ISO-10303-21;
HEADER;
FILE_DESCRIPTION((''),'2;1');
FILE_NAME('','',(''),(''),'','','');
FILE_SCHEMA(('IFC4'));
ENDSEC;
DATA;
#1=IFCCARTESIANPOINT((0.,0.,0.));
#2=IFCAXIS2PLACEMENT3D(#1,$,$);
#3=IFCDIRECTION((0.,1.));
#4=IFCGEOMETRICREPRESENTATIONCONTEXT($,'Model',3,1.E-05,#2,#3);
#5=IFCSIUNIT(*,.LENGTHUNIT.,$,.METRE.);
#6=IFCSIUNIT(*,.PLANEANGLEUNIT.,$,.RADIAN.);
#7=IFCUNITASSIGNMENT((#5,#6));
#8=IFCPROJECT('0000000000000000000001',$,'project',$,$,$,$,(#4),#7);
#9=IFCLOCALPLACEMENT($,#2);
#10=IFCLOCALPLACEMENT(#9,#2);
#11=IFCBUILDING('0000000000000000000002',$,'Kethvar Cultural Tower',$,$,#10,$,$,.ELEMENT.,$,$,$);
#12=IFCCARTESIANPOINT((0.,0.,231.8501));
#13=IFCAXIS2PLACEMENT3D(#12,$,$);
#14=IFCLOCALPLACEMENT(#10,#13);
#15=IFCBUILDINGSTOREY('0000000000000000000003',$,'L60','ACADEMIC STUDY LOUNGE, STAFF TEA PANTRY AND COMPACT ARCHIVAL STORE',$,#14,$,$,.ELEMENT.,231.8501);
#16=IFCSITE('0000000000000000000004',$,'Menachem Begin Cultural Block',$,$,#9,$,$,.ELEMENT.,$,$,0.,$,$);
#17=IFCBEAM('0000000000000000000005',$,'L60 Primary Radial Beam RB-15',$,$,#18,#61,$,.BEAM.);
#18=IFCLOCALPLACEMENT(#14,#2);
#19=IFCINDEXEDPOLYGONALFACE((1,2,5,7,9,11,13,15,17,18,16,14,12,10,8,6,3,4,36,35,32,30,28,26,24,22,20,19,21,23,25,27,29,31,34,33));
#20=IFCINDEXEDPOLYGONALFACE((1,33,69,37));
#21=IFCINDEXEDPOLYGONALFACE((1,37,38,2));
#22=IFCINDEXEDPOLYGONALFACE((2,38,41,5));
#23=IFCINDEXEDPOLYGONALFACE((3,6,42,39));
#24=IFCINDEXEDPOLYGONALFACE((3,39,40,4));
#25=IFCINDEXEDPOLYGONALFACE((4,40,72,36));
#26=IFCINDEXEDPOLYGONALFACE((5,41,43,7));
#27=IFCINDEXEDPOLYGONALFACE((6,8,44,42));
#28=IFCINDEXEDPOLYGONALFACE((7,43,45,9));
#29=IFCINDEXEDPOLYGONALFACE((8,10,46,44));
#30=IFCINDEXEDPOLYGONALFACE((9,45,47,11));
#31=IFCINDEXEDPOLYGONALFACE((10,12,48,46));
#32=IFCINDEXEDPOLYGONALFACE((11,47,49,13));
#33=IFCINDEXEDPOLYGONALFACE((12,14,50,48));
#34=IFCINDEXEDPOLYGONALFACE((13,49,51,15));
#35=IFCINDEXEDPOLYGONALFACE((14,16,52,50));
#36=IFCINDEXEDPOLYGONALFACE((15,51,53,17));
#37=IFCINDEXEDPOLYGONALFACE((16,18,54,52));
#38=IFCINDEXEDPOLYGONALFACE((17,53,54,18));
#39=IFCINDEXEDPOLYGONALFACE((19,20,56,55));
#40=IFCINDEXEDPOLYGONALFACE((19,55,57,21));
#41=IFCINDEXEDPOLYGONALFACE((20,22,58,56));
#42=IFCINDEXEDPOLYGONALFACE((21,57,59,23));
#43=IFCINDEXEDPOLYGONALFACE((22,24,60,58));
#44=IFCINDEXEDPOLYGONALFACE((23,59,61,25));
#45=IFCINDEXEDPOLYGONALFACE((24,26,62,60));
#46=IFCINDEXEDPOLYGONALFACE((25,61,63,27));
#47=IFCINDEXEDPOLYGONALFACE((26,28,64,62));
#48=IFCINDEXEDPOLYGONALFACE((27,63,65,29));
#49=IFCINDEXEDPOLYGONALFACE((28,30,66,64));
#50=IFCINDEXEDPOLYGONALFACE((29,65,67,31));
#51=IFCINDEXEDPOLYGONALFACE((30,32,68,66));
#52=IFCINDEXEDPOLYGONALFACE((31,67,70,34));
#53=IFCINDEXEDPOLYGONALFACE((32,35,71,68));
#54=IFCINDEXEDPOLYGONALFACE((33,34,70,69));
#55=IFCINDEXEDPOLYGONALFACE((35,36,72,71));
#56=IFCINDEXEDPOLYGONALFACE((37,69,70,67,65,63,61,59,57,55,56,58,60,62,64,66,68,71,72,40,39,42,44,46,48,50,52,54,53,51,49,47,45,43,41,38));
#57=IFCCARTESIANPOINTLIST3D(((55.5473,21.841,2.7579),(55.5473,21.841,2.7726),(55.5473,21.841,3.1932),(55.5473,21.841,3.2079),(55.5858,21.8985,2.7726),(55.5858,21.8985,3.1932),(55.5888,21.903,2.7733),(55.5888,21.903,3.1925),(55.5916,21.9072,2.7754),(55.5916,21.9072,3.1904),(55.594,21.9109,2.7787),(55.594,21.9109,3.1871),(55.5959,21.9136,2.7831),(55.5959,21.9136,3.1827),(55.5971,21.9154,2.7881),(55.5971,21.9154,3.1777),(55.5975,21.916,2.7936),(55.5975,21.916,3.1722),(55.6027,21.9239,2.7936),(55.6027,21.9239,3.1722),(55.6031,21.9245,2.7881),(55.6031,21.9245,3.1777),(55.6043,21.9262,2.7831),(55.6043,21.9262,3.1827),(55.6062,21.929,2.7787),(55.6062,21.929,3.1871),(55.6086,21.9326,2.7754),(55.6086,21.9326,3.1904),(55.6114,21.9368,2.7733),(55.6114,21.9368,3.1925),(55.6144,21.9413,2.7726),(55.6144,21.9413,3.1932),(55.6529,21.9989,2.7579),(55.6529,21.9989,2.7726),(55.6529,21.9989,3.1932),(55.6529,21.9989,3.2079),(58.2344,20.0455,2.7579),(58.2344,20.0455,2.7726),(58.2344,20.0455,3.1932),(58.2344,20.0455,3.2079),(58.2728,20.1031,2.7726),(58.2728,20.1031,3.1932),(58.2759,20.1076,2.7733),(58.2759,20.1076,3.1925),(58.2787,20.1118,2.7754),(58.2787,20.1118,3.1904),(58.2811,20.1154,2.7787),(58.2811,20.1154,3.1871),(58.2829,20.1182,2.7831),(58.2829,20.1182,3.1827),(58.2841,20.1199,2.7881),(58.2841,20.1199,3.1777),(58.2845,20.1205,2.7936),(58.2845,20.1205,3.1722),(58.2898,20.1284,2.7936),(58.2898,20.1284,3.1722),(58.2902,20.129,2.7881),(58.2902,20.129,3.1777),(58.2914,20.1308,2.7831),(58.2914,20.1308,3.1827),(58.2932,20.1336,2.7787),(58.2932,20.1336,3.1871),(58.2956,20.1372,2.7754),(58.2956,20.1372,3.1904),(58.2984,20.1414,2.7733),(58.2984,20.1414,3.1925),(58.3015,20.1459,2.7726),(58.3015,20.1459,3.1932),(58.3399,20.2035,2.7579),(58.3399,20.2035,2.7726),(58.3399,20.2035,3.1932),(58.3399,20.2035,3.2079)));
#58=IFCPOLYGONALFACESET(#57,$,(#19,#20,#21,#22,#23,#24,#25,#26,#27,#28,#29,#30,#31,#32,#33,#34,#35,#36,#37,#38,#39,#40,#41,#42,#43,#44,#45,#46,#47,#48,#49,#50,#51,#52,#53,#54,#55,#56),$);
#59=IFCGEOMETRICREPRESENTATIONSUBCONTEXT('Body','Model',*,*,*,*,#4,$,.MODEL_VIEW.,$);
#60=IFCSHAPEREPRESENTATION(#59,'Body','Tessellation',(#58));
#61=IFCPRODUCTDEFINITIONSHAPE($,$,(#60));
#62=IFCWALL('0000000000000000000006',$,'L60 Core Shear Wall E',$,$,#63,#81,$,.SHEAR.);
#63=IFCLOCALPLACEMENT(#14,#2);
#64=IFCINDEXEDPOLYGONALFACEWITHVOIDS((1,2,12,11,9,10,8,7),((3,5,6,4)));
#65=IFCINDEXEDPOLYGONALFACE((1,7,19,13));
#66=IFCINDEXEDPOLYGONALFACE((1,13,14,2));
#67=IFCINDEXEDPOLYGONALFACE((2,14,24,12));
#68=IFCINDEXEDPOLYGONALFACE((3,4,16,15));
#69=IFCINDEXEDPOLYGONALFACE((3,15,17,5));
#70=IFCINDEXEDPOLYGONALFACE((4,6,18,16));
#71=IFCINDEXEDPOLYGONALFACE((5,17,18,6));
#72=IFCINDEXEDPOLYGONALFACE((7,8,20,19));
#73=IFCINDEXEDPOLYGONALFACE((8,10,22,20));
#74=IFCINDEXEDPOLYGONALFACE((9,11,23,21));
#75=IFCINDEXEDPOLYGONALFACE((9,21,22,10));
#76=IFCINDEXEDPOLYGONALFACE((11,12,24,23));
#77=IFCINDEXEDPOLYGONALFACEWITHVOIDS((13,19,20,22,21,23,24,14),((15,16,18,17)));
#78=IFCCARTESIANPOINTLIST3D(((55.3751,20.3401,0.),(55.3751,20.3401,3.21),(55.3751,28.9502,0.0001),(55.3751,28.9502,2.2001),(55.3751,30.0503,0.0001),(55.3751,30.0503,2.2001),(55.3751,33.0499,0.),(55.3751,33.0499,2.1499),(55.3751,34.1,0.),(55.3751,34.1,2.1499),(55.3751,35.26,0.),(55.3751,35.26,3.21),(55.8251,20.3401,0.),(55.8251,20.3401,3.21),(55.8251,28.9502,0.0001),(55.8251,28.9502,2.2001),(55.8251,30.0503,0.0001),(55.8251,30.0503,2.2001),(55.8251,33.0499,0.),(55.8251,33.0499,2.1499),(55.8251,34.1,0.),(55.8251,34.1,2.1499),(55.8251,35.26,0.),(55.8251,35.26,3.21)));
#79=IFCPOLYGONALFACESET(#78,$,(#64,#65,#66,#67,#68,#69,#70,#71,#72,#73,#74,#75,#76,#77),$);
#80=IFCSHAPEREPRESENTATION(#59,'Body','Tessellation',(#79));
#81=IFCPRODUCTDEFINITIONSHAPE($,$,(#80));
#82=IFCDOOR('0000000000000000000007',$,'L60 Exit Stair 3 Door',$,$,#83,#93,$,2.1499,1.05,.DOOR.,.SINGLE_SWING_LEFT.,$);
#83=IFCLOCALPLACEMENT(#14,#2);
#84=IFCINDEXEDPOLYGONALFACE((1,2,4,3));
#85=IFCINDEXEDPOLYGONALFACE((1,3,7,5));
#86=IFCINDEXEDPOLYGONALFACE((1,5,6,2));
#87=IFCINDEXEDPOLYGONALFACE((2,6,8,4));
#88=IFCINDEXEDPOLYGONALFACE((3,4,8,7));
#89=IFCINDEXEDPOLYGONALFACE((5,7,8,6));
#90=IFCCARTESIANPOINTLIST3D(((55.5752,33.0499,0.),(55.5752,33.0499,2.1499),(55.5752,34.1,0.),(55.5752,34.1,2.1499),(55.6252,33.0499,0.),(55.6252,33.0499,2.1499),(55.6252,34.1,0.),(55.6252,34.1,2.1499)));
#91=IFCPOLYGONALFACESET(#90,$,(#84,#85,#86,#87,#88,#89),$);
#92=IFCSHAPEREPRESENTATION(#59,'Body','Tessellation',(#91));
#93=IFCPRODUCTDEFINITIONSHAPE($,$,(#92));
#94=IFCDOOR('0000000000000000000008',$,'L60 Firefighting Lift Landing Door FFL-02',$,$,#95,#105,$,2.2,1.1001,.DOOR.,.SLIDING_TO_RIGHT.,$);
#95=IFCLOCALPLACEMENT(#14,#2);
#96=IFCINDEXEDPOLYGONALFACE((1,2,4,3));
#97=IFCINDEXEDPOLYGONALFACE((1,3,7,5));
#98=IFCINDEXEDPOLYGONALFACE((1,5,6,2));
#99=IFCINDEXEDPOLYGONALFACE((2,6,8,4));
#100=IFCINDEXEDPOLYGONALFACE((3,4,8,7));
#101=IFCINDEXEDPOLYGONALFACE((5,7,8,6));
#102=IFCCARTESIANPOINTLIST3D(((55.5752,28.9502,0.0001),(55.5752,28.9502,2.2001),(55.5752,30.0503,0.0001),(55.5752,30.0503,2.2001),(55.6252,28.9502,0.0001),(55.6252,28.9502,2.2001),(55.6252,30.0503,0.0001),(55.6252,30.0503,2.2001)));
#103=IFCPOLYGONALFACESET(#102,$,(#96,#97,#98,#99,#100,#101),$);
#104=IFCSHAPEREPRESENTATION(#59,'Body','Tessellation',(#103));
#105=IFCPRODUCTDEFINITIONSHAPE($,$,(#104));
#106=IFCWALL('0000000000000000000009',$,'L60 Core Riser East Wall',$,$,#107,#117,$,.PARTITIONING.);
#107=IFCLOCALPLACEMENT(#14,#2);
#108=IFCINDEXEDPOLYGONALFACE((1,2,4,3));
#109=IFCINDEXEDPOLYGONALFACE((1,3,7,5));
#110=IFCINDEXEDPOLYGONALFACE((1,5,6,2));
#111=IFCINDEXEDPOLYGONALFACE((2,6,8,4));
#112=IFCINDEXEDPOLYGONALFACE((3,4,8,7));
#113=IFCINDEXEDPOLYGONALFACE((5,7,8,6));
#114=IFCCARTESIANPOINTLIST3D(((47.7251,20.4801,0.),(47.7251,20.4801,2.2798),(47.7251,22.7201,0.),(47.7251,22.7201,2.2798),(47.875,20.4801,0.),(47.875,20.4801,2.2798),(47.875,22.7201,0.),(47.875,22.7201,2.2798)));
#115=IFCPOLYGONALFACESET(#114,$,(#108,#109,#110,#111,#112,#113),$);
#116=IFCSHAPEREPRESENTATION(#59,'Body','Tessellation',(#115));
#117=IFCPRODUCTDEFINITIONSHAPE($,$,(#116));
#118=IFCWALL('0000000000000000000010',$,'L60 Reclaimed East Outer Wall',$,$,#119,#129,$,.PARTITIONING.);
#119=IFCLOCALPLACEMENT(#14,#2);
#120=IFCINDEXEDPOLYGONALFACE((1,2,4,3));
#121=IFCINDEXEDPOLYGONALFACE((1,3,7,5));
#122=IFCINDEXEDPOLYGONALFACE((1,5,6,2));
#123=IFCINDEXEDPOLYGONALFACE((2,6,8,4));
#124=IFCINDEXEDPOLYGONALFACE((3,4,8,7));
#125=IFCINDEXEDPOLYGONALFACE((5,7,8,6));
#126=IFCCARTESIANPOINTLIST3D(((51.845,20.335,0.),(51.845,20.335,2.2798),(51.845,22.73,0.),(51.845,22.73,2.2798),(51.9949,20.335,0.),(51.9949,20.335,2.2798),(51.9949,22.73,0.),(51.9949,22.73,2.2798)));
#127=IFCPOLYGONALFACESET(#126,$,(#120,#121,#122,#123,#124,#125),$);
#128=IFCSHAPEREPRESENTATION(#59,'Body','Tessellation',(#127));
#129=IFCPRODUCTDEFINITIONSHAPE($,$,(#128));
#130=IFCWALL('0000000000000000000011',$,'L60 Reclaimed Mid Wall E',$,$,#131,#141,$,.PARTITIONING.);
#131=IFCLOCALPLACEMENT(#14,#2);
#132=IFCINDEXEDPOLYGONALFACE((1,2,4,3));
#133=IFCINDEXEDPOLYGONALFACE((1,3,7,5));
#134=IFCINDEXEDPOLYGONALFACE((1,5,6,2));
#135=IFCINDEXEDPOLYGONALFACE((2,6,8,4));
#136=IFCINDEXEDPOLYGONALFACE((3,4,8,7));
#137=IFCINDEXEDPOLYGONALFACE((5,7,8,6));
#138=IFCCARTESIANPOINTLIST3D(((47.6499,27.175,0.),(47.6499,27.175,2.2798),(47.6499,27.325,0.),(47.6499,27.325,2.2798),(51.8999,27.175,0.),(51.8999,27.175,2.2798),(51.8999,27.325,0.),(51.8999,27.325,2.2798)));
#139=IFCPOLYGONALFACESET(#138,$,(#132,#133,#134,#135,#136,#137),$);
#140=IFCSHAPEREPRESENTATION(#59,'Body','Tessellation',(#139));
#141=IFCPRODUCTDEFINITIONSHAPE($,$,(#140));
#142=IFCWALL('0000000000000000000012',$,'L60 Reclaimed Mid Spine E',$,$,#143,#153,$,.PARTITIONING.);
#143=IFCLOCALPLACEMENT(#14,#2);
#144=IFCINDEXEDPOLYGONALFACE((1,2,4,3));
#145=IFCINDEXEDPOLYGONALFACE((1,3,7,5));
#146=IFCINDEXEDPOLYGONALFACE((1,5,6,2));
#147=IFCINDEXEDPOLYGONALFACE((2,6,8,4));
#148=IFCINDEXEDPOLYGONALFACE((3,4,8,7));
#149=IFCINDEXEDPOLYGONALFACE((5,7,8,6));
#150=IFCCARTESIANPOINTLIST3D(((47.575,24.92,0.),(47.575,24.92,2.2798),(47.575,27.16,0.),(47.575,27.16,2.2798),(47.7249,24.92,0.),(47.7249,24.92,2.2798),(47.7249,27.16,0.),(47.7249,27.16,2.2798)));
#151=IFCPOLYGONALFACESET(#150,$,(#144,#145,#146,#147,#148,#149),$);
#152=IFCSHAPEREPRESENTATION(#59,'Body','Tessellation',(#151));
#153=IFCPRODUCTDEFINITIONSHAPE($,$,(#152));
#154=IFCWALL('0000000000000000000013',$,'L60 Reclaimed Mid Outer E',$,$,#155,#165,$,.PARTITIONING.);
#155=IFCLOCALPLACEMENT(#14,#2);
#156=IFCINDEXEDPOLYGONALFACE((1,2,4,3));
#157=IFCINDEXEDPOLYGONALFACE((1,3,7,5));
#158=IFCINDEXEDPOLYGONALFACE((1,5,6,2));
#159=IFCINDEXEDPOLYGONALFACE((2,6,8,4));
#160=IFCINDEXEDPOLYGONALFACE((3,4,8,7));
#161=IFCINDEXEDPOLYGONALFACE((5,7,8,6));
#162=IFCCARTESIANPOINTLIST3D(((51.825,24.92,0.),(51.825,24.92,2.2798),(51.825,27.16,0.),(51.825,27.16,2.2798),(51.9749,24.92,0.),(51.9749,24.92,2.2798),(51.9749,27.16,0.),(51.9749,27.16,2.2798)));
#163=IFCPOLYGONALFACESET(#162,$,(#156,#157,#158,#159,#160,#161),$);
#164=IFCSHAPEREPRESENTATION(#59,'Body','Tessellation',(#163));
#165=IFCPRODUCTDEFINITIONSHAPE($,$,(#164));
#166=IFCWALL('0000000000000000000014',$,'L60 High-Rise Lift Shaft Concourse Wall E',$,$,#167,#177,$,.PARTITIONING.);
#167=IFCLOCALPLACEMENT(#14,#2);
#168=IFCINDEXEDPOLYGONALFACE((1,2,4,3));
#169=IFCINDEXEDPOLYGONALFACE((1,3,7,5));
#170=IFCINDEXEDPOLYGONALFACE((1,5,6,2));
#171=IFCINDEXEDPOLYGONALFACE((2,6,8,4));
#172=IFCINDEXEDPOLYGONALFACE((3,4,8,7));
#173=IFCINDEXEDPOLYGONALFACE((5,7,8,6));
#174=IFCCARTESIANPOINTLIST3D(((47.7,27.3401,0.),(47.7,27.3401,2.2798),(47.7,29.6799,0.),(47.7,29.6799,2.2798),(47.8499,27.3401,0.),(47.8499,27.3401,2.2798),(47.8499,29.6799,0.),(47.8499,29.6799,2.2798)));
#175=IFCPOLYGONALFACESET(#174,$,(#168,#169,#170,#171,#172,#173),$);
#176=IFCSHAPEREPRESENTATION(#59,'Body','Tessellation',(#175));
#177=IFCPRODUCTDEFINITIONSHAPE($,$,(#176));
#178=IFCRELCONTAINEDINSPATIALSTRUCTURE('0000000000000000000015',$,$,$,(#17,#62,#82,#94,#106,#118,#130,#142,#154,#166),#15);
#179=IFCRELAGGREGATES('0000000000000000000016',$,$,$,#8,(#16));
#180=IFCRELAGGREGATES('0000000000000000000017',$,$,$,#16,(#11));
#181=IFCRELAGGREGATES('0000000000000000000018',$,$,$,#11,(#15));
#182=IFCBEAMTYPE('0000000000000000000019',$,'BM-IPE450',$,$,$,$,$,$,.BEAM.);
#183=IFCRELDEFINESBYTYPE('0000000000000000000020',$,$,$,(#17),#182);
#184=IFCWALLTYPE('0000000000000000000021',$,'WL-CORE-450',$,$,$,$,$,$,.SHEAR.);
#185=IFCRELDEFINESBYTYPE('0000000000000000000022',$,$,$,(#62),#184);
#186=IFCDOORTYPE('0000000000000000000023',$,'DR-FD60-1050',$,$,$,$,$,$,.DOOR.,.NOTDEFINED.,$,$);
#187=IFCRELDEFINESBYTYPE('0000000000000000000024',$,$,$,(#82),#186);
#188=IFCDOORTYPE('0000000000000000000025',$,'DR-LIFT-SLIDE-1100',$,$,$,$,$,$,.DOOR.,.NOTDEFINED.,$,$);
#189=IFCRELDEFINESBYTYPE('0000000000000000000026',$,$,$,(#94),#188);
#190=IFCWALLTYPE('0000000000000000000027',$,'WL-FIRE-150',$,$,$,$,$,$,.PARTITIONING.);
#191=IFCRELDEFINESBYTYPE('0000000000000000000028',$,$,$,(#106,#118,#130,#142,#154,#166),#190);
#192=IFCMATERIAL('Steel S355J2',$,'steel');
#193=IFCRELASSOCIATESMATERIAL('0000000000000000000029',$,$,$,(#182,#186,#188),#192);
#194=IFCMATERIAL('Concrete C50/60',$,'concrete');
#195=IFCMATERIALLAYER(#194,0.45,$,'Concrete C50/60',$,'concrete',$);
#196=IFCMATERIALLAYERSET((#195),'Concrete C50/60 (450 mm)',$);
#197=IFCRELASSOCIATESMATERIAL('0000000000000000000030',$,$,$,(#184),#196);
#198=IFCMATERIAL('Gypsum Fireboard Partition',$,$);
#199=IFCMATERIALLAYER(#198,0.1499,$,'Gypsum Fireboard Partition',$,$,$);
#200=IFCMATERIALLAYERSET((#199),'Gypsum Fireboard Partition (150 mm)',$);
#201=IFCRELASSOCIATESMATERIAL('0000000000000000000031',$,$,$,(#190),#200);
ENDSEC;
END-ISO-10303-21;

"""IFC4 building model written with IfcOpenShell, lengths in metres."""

from ifc_helpers import new_model, si_unit, direction, frame, frame_2d, origin, origin_2d, place, context, subcontext, project, spatial, rectangle, i_section, extrude, source, transform, mapped, material, layer, layer_set, material_profile, profile_set, type_object, element, fill, save


model = new_model("IFC4")

# Units and contexts
model_context = context("Model", 3, precision=1e-05, world=origin(), true_north=direction((0.0, 1.0)))
body_context = subcontext(model_context, "Body", "Model", "MODEL_VIEW")
ifc_project = project(units=[si_unit("LENGTHUNIT", "METRE"), si_unit("PLANEANGLEUNIT", "RADIAN")], contexts=[model_context])

# Site, building, storey
site_placement = place(None, origin())
site = spatial("IfcSite", under=ifc_project, at=site_placement, Name="Menachem Begin Cultural Block", CompositionType="ELEMENT", RefElevation=0.0)
building_placement = place(site_placement, origin())
building = spatial("IfcBuilding", under=site, at=building_placement, Name="Kethvar Cultural Tower", CompositionType="ELEMENT")
storey_placement = place(building_placement, frame((0.0, 0.0, 231.8501)))
storey = spatial("IfcBuildingStorey", under=building, at=storey_placement, Name="L60", Description="ACADEMIC STUDY LOUNGE, STAFF TEA PANTRY AND COMPACT ARCHIVAL STORE", CompositionType="ELEMENT", Elevation=231.8501)

# Beam
ifc_material_1 = material(Name="Steel S355J2", Category="steel")
ifc_material_profile = material_profile(ifc_material_1, i_section(OverallWidth=0.1899, OverallDepth=0.45, WebThickness=0.0095, FlangeThickness=0.0146, FilletRadius=0.021, at=origin_2d()), Name="Steel S355J2 — IPE450")
ifc_profile_set = profile_set([ifc_material_profile], Name="Steel S355J2 — IPE450")
beam_type = type_object("IfcBeamType", Name="BM-IPE450", PredefinedType="BEAM", material=ifc_profile_set)
shared_shape_1 = source(origin(), body_context, "Body", "SweptSolid", [
    extrude(i_section(OverallWidth=0.1899, OverallDepth=0.45, WebThickness=0.0095, FlangeThickness=0.0146, FilletRadius=0.021, at=origin_2d()), origin(), (0.0, 0.0, 1.0), 3.2317),
])
beam_placement = place(storey_placement, frame((55.6001, 21.9199, 2.9829), z_axis=(0.831469, -0.555572, 0.0), x_axis=(0.555572, 0.831469, 0.0)))
element("IfcBeam", 1, at=beam_placement, inside=storey, type_object=beam_type, Name="L60 Primary Radial Beam RB-15", PredefinedType="BEAM", context=body_context, shape_type="MappedRepresentation", body=[
    mapped(shared_shape_1, transform((0.0, 0.0, 0.0), scale=1.0)),
])

# Wall, openings, doors
ifc_material_2 = material(Name="Concrete C50/60", Category="concrete")
ifc_layer_1 = layer(ifc_material_2, 0.45, Name="Concrete C50/60", Category="concrete")
ifc_layer_set_1 = layer_set([ifc_layer_1], Name="Concrete C50/60 (450 mm)")
wall_type_1 = type_object("IfcWallType", Name="WL-CORE-450", PredefinedType="SHEAR", material=ifc_layer_set_1)
wall_1_placement = place(storey_placement, frame((55.6001, 20.3401, 0.0), z_axis=(0.0, 0.0, 1.0), x_axis=(0.0, 1.0, 0.0)))
wall_1 = element("IfcWall", 2, at=wall_1_placement, inside=storey, type_object=wall_type_1, Name="L60 Core Shear Wall E", PredefinedType="SHEAR", context=body_context, shape_type="SweptSolid", body=[
    extrude(rectangle(XDim=14.9199, YDim=0.45, at=frame_2d((7.46, 0.0))), origin(), (0.0, 0.0, 1.0), 3.21),
])
opening_1_placement = place(wall_1_placement, frame((12.71, 0.0, 0.0)))
opening_1 = element("IfcOpeningElement", 3, at=opening_1_placement, cuts=wall_1, PredefinedType="OPENING", context=body_context, shape_type="SweptSolid", body=[
    extrude(rectangle(XDim=1.05, YDim=2.1499, at=frame_2d((0.5249, 1.075))), frame((0.0, 0.2349, 0.0), z_axis=(0.0, -1.0, 0.0), x_axis=(1.0, 0.0, 0.0)), (0.0, 0.0, 1.0), 0.47),
])
opening_2_placement = place(wall_1_placement, frame((8.6101, 0.0, 0.0)))
opening_2 = element("IfcOpeningElement", 4, at=opening_2_placement, cuts=wall_1, PredefinedType="OPENING", context=body_context, shape_type="SweptSolid", body=[
    extrude(rectangle(XDim=1.1001, YDim=2.2, at=frame_2d((0.55, 1.1001))), frame((0.0, 0.2349, 0.0), z_axis=(0.0, -1.0, 0.0), x_axis=(1.0, 0.0, 0.0)), (0.0, 0.0, 1.0), 0.47),
])
door_type_1 = type_object("IfcDoorType", Name="DR-FD60-1050", OperationType="NOTDEFINED", PredefinedType="DOOR", material=ifc_material_1)
shared_shape_2 = source(origin(), body_context, "Body", "SweptSolid", [
    extrude(rectangle(XDim=1.05, YDim=2.1499, at=frame_2d((0.5249, 1.075))), frame((0.0, 0.0249, 0.0), z_axis=(0.0, -1.0, 0.0), x_axis=(1.0, 0.0, 0.0)), (0.0, 0.0, 1.0), 0.05),
])
door_1_placement = place(opening_1_placement, origin())
door_1 = element("IfcDoor", 5, at=door_1_placement, inside=storey, type_object=door_type_1, Name="L60 Exit Stair 3 Door", OperationType="SINGLE_SWING_LEFT", OverallHeight=2.1499, OverallWidth=1.05, PredefinedType="DOOR", context=body_context, shape_type="MappedRepresentation", body=[
    mapped(shared_shape_2, transform((0.0, 0.0, 0.0), scale=1.0)),
])
fill(opening_1, door_1)
door_type_2 = type_object("IfcDoorType", Name="DR-LIFT-SLIDE-1100", OperationType="NOTDEFINED", PredefinedType="DOOR", material=ifc_material_1)
shared_shape_3 = source(origin(), body_context, "Body", "SweptSolid", [
    extrude(rectangle(XDim=1.1001, YDim=2.2, at=frame_2d((0.55, 1.1001))), frame((0.0, 0.0249, 0.0), z_axis=(0.0, -1.0, 0.0), x_axis=(1.0, 0.0, 0.0)), (0.0, 0.0, 1.0), 0.05),
])
door_2_placement = place(opening_2_placement, origin())
door_2 = element("IfcDoor", 6, at=door_2_placement, inside=storey, type_object=door_type_2, Name="L60 Firefighting Lift Landing Door FFL-02", OperationType="SLIDING_TO_RIGHT", OverallHeight=2.2, OverallWidth=1.1001, PredefinedType="DOOR", context=body_context, shape_type="MappedRepresentation", body=[
    mapped(shared_shape_3, transform((0.0, 0.0, 0.0), scale=1.0)),
])
fill(opening_2, door_2)

# Walls
ifc_material_3 = material(Name="Gypsum Fireboard Partition")
ifc_layer_2 = layer(ifc_material_3, 0.1499, Name="Gypsum Fireboard Partition")
ifc_layer_set_2 = layer_set([ifc_layer_2], Name="Gypsum Fireboard Partition (150 mm)")
wall_type_2 = type_object("IfcWallType", Name="WL-FIRE-150", PredefinedType="PARTITIONING", material=ifc_layer_set_2)
wall_2_placement = place(storey_placement, frame((47.8, 20.48, 0.0), z_axis=(0.0, 0.0, 1.0), x_axis=(0.0, 1.0, 0.0)))
element("IfcWall", 7, at=wall_2_placement, inside=storey, type_object=wall_type_2, Name="L60 Core Riser East Wall", PredefinedType="PARTITIONING", context=body_context, shape_type="SweptSolid", body=[
    extrude(rectangle(XDim=2.24, YDim=0.1499, at=frame_2d((1.1201, 0.0))), origin(), (0.0, 0.0, 1.0), 2.2798),
])
wall_3_placement = place(storey_placement, frame((51.9199, 20.335, 0.0), z_axis=(0.0, 0.0, 1.0), x_axis=(0.0, 1.0, 0.0)))
element("IfcWall", 8, at=wall_3_placement, inside=storey, type_object=wall_type_2, Name="L60 Reclaimed East Outer Wall", PredefinedType="PARTITIONING", context=body_context, shape_type="SweptSolid", body=[
    extrude(rectangle(XDim=2.395, YDim=0.1499, at=frame_2d((1.1975, 0.0))), origin(), (0.0, 0.0, 1.0), 2.2798),
])
wall_4_placement = place(storey_placement, frame((47.6499, 27.25, 0.0), z_axis=(0.0, 0.0, 1.0), x_axis=(1.0, 0.0, 0.0)))
element("IfcWall", 9, at=wall_4_placement, inside=storey, type_object=wall_type_2, Name="L60 Reclaimed Mid Wall E", PredefinedType="PARTITIONING", context=body_context, shape_type="SweptSolid", body=[
    extrude(rectangle(XDim=4.25, YDim=0.1499, at=frame_2d((2.125, 0.0))), origin(), (0.0, 0.0, 1.0), 2.2798),
])
for number, where, z_axis, x_axis, name in (
    (10, (47.6499, 24.9199, 0.0), (0.0, 0.0, 1.0), (0.0, 1.0, 0.0), "L60 Reclaimed Mid Spine E"),
    (11, (51.8999, 24.9199, 0.0), (0.0, 0.0, 1.0), (0.0, 1.0, 0.0), "L60 Reclaimed Mid Outer E"),
):
    element("IfcWall", number, at=place(storey_placement, frame(where, z_axis=z_axis, x_axis=x_axis)), inside=storey, type_object=wall_type_2, Name=name, PredefinedType="PARTITIONING", context=body_context, shape_type="SweptSolid", body=[
        extrude(rectangle(XDim=2.24, YDim=0.1499, at=frame_2d((1.1201, 0.0))), origin(), (0.0, 0.0, 1.0), 2.2798),
    ])
for number, where, z_axis, x_axis, name in (
    (12, (47.7749, 27.3401, 0.0), (0.0, 0.0, 1.0), (0.0, 1.0, 0.0), "L60 High-Rise Lift Shaft Concourse Wall E"),
):
    element("IfcWall", number, at=place(storey_placement, frame(where, z_axis=z_axis, x_axis=x_axis)), inside=storey, type_object=wall_type_2, Name=name, PredefinedType="PARTITIONING", context=body_context, shape_type="SweptSolid", body=[
        extrude(rectangle(XDim=2.3398, YDim=0.1499, at=frame_2d((1.1699, 0.0))), origin(), (0.0, 0.0, 1.0), 2.2798),
    ])

save(model, "model.ifc")
